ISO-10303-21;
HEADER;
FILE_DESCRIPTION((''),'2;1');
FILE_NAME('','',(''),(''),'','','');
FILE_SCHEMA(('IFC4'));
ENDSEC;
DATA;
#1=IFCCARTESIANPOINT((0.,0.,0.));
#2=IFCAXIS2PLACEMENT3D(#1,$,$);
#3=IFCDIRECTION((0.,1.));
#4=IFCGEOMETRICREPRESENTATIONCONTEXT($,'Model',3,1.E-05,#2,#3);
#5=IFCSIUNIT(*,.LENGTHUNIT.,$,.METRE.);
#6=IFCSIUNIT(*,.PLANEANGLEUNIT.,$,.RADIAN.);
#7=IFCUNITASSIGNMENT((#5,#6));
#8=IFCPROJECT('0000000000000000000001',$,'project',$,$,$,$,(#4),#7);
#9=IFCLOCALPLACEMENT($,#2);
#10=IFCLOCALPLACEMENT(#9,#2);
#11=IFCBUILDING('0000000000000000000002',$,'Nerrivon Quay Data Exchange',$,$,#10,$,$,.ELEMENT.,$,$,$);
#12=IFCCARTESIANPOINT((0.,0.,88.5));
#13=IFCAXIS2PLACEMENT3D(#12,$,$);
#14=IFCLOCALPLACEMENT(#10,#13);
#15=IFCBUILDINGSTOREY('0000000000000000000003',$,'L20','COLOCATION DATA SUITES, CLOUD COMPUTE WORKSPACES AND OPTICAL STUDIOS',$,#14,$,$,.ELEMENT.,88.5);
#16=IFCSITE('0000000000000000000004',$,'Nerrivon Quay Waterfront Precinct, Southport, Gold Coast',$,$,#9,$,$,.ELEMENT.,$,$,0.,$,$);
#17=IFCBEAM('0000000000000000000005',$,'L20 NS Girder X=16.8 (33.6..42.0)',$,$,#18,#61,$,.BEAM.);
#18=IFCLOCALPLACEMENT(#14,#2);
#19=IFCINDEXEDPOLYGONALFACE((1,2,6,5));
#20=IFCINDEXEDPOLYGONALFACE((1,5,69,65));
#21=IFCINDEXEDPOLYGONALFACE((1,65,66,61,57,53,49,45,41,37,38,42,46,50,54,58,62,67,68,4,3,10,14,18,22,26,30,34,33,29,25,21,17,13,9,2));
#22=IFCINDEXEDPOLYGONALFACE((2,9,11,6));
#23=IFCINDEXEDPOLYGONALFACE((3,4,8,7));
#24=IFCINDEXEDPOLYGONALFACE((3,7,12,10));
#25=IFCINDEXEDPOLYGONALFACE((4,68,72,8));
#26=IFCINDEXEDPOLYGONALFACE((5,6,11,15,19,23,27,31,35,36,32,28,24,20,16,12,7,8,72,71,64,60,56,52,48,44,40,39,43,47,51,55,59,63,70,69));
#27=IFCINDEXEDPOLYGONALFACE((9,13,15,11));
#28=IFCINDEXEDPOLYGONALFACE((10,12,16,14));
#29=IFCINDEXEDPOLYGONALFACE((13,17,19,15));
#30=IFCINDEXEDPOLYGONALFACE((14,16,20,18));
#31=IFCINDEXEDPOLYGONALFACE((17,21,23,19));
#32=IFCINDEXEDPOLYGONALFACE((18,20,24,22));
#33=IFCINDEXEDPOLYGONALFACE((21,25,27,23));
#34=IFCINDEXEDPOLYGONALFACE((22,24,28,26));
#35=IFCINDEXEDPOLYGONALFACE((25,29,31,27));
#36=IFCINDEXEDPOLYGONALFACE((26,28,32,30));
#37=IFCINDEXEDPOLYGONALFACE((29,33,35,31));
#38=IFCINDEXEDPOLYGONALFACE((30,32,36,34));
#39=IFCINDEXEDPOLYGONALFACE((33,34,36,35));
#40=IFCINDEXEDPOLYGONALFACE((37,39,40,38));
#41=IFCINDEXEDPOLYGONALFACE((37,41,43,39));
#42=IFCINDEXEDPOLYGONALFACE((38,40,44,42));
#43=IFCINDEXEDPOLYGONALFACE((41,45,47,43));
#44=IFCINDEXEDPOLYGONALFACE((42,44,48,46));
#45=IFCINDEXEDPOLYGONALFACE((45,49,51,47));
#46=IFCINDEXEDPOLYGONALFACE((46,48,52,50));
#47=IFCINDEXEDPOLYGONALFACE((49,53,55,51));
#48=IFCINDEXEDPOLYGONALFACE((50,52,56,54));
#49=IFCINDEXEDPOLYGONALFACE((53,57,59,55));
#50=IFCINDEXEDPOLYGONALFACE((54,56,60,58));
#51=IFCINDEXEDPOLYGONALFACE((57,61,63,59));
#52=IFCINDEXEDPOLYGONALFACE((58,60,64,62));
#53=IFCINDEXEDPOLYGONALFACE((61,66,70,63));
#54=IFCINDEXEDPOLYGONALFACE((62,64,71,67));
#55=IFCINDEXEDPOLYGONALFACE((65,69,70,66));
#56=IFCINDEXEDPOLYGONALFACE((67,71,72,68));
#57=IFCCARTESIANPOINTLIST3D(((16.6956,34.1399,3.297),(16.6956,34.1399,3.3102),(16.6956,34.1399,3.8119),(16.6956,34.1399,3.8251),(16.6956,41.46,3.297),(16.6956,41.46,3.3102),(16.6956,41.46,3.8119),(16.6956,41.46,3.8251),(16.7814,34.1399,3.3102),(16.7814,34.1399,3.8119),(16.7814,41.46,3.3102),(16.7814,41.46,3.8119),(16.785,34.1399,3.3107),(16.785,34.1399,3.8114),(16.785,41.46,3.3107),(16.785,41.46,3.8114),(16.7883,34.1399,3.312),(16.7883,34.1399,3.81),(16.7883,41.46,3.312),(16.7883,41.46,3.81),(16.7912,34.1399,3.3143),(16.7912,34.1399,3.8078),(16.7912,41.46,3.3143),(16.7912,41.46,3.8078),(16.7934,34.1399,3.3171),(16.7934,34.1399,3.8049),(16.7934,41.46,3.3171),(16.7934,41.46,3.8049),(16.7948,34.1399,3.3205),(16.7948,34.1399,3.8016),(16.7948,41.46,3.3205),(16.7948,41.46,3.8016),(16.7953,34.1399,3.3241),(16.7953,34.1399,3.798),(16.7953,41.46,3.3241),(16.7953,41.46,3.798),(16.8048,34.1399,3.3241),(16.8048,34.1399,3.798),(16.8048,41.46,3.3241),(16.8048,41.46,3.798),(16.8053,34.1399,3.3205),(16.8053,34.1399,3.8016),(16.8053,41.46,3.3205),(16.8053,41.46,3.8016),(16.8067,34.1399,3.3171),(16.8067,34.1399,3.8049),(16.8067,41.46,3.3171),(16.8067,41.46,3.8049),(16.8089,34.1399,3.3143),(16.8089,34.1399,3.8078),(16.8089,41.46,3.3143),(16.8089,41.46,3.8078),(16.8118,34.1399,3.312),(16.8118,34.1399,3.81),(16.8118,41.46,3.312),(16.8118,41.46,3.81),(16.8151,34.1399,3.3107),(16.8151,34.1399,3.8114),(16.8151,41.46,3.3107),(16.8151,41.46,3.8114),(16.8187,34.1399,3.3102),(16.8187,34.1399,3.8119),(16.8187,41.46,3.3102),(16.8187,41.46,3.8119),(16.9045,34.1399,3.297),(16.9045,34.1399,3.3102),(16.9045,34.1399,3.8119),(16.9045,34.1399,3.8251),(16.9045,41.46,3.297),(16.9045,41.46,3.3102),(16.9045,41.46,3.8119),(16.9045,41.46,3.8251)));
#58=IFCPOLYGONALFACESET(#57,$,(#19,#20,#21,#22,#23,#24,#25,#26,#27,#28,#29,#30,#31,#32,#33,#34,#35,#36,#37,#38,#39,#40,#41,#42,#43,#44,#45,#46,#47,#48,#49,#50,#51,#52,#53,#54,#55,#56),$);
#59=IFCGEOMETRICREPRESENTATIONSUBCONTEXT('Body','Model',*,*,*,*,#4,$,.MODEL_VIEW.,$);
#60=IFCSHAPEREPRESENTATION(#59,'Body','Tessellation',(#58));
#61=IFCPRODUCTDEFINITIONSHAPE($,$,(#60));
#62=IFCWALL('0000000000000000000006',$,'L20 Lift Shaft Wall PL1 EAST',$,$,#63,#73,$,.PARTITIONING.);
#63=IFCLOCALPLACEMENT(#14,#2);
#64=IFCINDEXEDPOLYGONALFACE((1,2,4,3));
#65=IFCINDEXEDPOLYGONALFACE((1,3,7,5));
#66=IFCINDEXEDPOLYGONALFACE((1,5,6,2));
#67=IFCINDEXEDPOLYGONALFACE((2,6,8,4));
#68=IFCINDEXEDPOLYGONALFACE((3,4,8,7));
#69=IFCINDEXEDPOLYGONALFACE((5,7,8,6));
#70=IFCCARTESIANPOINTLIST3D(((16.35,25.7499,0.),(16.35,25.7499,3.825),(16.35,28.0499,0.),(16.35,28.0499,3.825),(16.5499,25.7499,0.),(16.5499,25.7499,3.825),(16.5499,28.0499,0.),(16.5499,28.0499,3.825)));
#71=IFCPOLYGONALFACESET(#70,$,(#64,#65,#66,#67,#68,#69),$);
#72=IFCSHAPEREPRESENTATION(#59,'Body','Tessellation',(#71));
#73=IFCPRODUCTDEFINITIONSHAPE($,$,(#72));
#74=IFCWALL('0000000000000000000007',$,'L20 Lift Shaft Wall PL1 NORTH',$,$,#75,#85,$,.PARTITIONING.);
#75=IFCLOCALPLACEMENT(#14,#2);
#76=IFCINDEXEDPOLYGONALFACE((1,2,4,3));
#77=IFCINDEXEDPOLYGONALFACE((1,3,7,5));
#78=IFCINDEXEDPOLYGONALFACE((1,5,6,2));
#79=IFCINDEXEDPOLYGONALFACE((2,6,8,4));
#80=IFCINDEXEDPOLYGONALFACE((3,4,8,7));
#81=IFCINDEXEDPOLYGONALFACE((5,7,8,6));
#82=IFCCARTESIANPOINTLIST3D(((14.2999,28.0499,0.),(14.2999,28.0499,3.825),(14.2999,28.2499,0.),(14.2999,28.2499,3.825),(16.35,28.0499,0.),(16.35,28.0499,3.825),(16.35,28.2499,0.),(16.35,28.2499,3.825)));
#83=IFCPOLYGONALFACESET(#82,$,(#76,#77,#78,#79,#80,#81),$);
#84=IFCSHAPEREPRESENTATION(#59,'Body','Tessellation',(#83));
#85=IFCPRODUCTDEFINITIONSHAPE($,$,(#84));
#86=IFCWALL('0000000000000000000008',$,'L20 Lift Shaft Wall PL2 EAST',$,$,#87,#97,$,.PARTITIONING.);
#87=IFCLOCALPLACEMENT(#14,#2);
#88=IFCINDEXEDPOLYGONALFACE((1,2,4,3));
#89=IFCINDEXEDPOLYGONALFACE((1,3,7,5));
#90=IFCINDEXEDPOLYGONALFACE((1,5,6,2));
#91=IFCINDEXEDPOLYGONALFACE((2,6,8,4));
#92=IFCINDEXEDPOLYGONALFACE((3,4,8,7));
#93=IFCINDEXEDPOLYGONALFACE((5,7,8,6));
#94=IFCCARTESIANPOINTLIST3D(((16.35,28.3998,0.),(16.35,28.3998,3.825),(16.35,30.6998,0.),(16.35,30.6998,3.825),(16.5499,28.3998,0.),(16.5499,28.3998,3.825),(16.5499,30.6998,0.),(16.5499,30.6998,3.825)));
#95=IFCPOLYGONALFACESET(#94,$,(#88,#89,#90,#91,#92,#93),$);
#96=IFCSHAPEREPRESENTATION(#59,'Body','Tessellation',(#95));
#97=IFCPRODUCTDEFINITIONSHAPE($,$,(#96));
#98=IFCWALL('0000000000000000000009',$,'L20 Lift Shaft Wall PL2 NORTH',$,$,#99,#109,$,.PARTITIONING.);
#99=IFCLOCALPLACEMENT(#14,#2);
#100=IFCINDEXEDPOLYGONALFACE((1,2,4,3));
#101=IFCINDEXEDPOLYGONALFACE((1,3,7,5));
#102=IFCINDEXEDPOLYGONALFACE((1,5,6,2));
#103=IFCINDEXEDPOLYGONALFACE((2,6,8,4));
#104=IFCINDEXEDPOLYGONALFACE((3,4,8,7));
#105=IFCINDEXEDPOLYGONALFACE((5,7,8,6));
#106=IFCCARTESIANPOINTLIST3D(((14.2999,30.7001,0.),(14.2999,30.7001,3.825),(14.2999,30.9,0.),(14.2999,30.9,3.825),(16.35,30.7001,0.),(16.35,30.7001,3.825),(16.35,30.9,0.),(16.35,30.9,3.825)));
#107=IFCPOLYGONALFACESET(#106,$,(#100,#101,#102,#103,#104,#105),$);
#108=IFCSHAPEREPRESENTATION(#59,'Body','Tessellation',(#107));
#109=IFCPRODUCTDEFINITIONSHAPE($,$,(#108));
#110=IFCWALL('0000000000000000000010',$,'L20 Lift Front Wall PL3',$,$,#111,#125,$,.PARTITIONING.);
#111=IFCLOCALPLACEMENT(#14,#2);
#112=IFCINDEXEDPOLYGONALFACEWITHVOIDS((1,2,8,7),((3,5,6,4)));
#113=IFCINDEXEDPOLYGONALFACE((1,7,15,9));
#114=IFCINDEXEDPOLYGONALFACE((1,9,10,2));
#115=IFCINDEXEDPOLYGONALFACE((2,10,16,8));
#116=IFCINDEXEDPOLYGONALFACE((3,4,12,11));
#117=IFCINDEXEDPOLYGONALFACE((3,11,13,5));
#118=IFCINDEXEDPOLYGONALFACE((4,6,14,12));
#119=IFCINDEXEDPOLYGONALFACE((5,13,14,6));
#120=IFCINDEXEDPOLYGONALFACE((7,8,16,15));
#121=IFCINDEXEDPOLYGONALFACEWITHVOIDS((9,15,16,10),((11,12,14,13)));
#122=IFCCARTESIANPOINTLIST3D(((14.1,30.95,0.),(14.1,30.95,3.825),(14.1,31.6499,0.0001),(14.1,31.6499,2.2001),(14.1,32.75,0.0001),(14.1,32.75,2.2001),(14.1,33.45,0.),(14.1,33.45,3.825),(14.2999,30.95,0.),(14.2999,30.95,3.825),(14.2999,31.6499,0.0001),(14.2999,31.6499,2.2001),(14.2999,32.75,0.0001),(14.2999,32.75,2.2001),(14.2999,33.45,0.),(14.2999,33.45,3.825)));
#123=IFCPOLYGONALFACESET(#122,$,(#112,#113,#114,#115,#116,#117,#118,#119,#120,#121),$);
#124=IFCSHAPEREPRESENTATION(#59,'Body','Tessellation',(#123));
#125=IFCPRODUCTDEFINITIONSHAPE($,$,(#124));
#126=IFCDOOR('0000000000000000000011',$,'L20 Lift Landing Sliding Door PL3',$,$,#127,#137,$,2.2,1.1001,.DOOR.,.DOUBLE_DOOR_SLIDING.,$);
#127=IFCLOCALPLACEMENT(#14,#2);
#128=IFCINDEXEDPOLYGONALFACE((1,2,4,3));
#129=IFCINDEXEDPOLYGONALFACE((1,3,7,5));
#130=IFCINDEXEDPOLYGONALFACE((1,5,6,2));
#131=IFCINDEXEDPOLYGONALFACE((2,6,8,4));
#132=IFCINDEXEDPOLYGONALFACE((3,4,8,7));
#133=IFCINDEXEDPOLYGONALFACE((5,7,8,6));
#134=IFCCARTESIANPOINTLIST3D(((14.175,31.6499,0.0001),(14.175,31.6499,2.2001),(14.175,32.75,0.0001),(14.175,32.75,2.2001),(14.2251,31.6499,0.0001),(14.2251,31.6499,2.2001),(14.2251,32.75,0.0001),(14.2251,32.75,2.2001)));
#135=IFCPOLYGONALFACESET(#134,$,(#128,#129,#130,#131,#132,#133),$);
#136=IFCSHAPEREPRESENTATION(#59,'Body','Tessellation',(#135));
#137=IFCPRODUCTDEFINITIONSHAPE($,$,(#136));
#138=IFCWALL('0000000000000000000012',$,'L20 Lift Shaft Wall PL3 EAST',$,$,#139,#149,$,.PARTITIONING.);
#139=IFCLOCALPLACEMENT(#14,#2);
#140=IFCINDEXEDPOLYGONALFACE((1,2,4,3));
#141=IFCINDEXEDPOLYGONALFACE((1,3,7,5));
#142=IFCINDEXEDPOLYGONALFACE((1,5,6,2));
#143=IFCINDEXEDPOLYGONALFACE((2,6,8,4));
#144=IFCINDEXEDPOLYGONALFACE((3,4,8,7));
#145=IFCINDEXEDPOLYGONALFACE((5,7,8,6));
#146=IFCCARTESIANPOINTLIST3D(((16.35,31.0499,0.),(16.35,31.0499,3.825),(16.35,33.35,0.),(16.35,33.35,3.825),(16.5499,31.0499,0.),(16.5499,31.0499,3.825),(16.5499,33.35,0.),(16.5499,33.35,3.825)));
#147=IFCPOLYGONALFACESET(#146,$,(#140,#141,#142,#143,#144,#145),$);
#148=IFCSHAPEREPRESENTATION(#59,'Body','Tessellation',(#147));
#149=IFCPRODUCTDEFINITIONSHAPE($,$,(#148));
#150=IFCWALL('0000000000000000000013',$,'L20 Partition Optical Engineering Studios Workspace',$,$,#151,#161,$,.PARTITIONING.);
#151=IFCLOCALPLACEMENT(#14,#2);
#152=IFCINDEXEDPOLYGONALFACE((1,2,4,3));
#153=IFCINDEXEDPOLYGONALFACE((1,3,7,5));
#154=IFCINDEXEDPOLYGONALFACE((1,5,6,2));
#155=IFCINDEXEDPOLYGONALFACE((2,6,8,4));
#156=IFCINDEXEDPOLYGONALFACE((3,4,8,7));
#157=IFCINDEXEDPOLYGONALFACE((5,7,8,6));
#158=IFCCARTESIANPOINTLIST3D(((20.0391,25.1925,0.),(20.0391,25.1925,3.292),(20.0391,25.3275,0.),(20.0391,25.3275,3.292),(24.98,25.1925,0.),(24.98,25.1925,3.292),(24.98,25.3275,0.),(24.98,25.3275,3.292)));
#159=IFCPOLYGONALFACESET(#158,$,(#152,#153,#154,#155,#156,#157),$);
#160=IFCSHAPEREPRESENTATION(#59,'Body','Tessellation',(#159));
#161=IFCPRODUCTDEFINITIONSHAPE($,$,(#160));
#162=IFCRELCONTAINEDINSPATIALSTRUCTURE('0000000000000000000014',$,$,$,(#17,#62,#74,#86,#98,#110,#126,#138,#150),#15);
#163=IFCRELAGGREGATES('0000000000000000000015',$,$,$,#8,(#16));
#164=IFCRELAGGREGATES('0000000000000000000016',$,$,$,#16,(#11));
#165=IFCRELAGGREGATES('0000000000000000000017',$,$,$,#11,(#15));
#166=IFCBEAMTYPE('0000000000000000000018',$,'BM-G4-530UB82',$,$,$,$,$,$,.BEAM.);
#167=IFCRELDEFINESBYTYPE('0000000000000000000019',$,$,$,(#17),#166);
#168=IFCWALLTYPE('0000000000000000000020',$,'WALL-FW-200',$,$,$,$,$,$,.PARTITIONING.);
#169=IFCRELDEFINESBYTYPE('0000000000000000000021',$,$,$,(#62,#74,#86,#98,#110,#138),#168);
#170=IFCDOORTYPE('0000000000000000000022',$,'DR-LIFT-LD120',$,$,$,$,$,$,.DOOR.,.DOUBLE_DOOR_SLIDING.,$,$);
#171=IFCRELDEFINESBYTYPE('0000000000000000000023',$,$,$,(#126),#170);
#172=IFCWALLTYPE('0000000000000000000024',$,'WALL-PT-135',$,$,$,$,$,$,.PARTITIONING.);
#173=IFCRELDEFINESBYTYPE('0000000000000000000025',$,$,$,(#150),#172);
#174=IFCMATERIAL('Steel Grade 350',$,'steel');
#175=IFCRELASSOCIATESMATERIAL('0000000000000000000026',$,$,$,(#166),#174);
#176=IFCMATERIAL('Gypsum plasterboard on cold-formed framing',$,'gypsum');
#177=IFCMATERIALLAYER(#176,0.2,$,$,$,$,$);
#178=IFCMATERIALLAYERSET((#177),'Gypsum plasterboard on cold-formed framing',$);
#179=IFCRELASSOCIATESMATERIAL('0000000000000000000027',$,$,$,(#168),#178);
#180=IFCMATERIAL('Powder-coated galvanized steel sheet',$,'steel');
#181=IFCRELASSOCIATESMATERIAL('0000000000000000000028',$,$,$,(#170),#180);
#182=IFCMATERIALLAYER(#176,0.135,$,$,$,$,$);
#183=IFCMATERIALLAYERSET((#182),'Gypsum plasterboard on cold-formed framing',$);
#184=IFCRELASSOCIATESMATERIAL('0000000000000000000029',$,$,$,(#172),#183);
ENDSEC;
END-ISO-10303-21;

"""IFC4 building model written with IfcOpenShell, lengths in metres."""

from ifc_helpers import new_model, si_unit, direction, frame, frame_2d, origin, origin_2d, place, context, subcontext, project, spatial, rectangle, i_section, extrude, material, layer, layer_set, material_profile, profile_set, type_object, element, fill, save


model = new_model("IFC4")

# Units and contexts
model_context = context("Model", 3, precision=1e-05, world=origin(), true_north=direction((0.0, 1.0)))
body_context = subcontext(model_context, "Body", "Model", "MODEL_VIEW")
ifc_project = project(units=[si_unit("LENGTHUNIT", "METRE"), si_unit("PLANEANGLEUNIT", "RADIAN")], contexts=[model_context])

# Site, building, storey
site_placement = place(None, origin())
site = spatial("IfcSite", under=ifc_project, at=site_placement, Name="Nerrivon Quay Waterfront Precinct, Southport, Gold Coast", CompositionType="ELEMENT", RefElevation=0.0)
building_placement = place(site_placement, origin())
building = spatial("IfcBuilding", under=site, at=building_placement, Name="Nerrivon Quay Data Exchange", CompositionType="ELEMENT")
storey_placement = place(building_placement, frame((0.0, 0.0, 88.5)))
storey = spatial("IfcBuildingStorey", under=building, at=storey_placement, Name="L20", Description="COLOCATION DATA SUITES, CLOUD COMPUTE WORKSPACES AND OPTICAL STUDIOS", CompositionType="ELEMENT", Elevation=88.5)

# Beam
ifc_material_1 = material(Name="Steel Grade 350", Category="steel")
ifc_material_profile_1 = material_profile(ifc_material_1, i_section(OverallWidth=0.209, OverallDepth=0.5281, WebThickness=0.0095, FlangeThickness=0.0132, FilletRadius=0.0139, at=origin_2d()), Name="530UB82.0")
ifc_profile_set_1 = profile_set([ifc_material_profile_1], Name="Steel Grade 350")
beam_type_1 = type_object("IfcBeamType", Name="BM-G4-530UB82", PredefinedType="BEAM", material=ifc_profile_set_1)
for number, where, z_axis, x_axis, name in (
    (1, (16.8, 34.1399, 3.561), (0.0, 1.0, 0.0), (-1.0, 0.0, 0.0), "L20 NS Girder X=16.8 (33.6..42.0)"),
):
    element("IfcBeam", number, at=place(storey_placement, frame(where, z_axis=z_axis, x_axis=x_axis)), inside=storey, type_object=beam_type_1, Name=name, PredefinedType="BEAM", context=body_context, shape_type="SweptSolid", body=[
        extrude(i_section(OverallWidth=0.209, OverallDepth=0.5281, WebThickness=0.0095, FlangeThickness=0.0132, FilletRadius=0.0139, at=origin_2d()), origin(), (0.0, 0.0, 1.0), 7.3201),
    ])

# Shared definitions
ifc_material_2 = material(Name="Powder-coated galvanized steel sheet", Category="steel")

# Walls
ifc_material_3 = material(Name="Gypsum plasterboard on cold-formed framing", Category="gypsum")
ifc_layer_1 = layer(ifc_material_3, 0.2)
ifc_layer_set_1 = layer_set([ifc_layer_1], Name="Gypsum plasterboard on cold-formed framing")
wall_type_1 = type_object("IfcWallType", Name="WALL-FW-200", PredefinedType="PARTITIONING", material=ifc_layer_set_1)
wall_1_placement = place(storey_placement, frame((16.45, 25.75, 0.0), z_axis=(0.0, 0.0, 1.0), x_axis=(0.0, 1.0, 0.0)))
element("IfcWall", 2, at=wall_1_placement, inside=storey, type_object=wall_type_1, Name="L20 Lift Shaft Wall PL1 EAST", PredefinedType="PARTITIONING", context=body_context, shape_type="SweptSolid", body=[
    extrude(rectangle(XDim=2.3, YDim=0.2, at=frame_2d((1.1499, 0.0))), origin(), (0.0, 0.0, 1.0), 3.825),
])
wall_2_placement = place(storey_placement, frame((14.3, 28.1499, 0.0), z_axis=(0.0, 0.0, 1.0), x_axis=(1.0, 0.0, 0.0)))
element("IfcWall", 3, at=wall_2_placement, inside=storey, type_object=wall_type_1, Name="L20 Lift Shaft Wall PL1 NORTH", PredefinedType="PARTITIONING", context=body_context, shape_type="SweptSolid", body=[
    extrude(rectangle(XDim=2.05, YDim=0.2, at=frame_2d((1.0249, 0.0))), origin(), (0.0, 0.0, 1.0), 3.825),
])
wall_3_placement = place(storey_placement, frame((16.45, 28.3999, 0.0), z_axis=(0.0, 0.0, 1.0), x_axis=(0.0, 1.0, 0.0)))
element("IfcWall", 4, at=wall_3_placement, inside=storey, type_object=wall_type_1, Name="L20 Lift Shaft Wall PL2 EAST", PredefinedType="PARTITIONING", context=body_context, shape_type="SweptSolid", body=[
    extrude(rectangle(XDim=2.3, YDim=0.2, at=frame_2d((1.1499, 0.0))), origin(), (0.0, 0.0, 1.0), 3.825),
])
wall_4_placement = place(storey_placement, frame((14.3, 30.8, 0.0), z_axis=(0.0, 0.0, 1.0), x_axis=(1.0, 0.0, 0.0)))
element("IfcWall", 5, at=wall_4_placement, inside=storey, type_object=wall_type_1, Name="L20 Lift Shaft Wall PL2 NORTH", PredefinedType="PARTITIONING", context=body_context, shape_type="SweptSolid", body=[
    extrude(rectangle(XDim=2.05, YDim=0.2, at=frame_2d((1.0249, 0.0))), origin(), (0.0, 0.0, 1.0), 3.825),
])

# Wall, opening, door
wall_5_placement = place(storey_placement, frame((14.2, 30.95, 0.0), z_axis=(0.0, 0.0, 1.0), x_axis=(0.0, 1.0, 0.0)))
wall_5 = element("IfcWall", 6, at=wall_5_placement, inside=storey, type_object=wall_type_1, Name="L20 Lift Front Wall PL3", PredefinedType="PARTITIONING", context=body_context, shape_type="SweptSolid", body=[
    extrude(rectangle(XDim=2.5, YDim=0.2, at=frame_2d((1.25, 0.0))), origin(), (0.0, 0.0, 1.0), 3.825),
])
opening_1_placement = place(wall_5_placement, frame((0.7, 0.0, 0.0)))
opening_1 = element("IfcOpeningElement", 7, at=opening_1_placement, cuts=wall_5, PredefinedType="OPENING", context=body_context, shape_type="SweptSolid", body=[
    extrude(rectangle(XDim=1.1001, YDim=2.2, at=frame_2d((0.55, 1.1001))), frame((0.0, 0.1099, 0.0), z_axis=(0.0, -1.0, 0.0), x_axis=(1.0, 0.0, 0.0)), (0.0, 0.0, 1.0), 0.22),
])
door_type_1 = type_object("IfcDoorType", Name="DR-LIFT-LD120", OperationType="DOUBLE_DOOR_SLIDING", PredefinedType="DOOR", material=ifc_material_2)
door_1_placement = place(opening_1_placement, origin())
door_1 = element("IfcDoor", 8, at=door_1_placement, inside=storey, type_object=door_type_1, Name="L20 Lift Landing Sliding Door PL3", OperationType="DOUBLE_DOOR_SLIDING", OverallHeight=2.2, OverallWidth=1.1001, PredefinedType="DOOR", context=body_context, shape_type="SweptSolid", body=[
    extrude(rectangle(XDim=1.1001, YDim=2.2, at=frame_2d((0.55, 1.1001))), frame((0.0, 0.0249, 0.0), z_axis=(0.0, -1.0, 0.0), x_axis=(1.0, 0.0, 0.0)), (0.0, 0.0, 1.0), 0.05),
])
fill(opening_1, door_1)

# Walls
wall_6_placement = place(storey_placement, frame((16.45, 31.05, 0.0), z_axis=(0.0, 0.0, 1.0), x_axis=(0.0, 1.0, 0.0)))
element("IfcWall", 9, at=wall_6_placement, inside=storey, type_object=wall_type_1, Name="L20 Lift Shaft Wall PL3 EAST", PredefinedType="PARTITIONING", context=body_context, shape_type="SweptSolid", body=[
    extrude(rectangle(XDim=2.3, YDim=0.2, at=frame_2d((1.1499, 0.0))), origin(), (0.0, 0.0, 1.0), 3.825),
])
ifc_layer_2 = layer(ifc_material_3, 0.135)
ifc_layer_set_2 = layer_set([ifc_layer_2], Name="Gypsum plasterboard on cold-formed framing")
wall_type_2 = type_object("IfcWallType", Name="WALL-PT-135", PredefinedType="PARTITIONING", material=ifc_layer_set_2)
wall_7_placement = place(storey_placement, frame((20.0391, 25.26, 0.0), z_axis=(0.0, 0.0, 1.0), x_axis=(1.0, 0.0, 0.0)))
element("IfcWall", 10, at=wall_7_placement, inside=storey, type_object=wall_type_2, Name="L20 Partition Optical Engineering Studios Workspace", PredefinedType="PARTITIONING", context=body_context, shape_type="SweptSolid", body=[
    extrude(rectangle(XDim=4.9409, YDim=0.135, at=frame_2d((2.4705, 0.0))), origin(), (0.0, 0.0, 1.0), 3.292),
])

save(model, "model.ifc")
